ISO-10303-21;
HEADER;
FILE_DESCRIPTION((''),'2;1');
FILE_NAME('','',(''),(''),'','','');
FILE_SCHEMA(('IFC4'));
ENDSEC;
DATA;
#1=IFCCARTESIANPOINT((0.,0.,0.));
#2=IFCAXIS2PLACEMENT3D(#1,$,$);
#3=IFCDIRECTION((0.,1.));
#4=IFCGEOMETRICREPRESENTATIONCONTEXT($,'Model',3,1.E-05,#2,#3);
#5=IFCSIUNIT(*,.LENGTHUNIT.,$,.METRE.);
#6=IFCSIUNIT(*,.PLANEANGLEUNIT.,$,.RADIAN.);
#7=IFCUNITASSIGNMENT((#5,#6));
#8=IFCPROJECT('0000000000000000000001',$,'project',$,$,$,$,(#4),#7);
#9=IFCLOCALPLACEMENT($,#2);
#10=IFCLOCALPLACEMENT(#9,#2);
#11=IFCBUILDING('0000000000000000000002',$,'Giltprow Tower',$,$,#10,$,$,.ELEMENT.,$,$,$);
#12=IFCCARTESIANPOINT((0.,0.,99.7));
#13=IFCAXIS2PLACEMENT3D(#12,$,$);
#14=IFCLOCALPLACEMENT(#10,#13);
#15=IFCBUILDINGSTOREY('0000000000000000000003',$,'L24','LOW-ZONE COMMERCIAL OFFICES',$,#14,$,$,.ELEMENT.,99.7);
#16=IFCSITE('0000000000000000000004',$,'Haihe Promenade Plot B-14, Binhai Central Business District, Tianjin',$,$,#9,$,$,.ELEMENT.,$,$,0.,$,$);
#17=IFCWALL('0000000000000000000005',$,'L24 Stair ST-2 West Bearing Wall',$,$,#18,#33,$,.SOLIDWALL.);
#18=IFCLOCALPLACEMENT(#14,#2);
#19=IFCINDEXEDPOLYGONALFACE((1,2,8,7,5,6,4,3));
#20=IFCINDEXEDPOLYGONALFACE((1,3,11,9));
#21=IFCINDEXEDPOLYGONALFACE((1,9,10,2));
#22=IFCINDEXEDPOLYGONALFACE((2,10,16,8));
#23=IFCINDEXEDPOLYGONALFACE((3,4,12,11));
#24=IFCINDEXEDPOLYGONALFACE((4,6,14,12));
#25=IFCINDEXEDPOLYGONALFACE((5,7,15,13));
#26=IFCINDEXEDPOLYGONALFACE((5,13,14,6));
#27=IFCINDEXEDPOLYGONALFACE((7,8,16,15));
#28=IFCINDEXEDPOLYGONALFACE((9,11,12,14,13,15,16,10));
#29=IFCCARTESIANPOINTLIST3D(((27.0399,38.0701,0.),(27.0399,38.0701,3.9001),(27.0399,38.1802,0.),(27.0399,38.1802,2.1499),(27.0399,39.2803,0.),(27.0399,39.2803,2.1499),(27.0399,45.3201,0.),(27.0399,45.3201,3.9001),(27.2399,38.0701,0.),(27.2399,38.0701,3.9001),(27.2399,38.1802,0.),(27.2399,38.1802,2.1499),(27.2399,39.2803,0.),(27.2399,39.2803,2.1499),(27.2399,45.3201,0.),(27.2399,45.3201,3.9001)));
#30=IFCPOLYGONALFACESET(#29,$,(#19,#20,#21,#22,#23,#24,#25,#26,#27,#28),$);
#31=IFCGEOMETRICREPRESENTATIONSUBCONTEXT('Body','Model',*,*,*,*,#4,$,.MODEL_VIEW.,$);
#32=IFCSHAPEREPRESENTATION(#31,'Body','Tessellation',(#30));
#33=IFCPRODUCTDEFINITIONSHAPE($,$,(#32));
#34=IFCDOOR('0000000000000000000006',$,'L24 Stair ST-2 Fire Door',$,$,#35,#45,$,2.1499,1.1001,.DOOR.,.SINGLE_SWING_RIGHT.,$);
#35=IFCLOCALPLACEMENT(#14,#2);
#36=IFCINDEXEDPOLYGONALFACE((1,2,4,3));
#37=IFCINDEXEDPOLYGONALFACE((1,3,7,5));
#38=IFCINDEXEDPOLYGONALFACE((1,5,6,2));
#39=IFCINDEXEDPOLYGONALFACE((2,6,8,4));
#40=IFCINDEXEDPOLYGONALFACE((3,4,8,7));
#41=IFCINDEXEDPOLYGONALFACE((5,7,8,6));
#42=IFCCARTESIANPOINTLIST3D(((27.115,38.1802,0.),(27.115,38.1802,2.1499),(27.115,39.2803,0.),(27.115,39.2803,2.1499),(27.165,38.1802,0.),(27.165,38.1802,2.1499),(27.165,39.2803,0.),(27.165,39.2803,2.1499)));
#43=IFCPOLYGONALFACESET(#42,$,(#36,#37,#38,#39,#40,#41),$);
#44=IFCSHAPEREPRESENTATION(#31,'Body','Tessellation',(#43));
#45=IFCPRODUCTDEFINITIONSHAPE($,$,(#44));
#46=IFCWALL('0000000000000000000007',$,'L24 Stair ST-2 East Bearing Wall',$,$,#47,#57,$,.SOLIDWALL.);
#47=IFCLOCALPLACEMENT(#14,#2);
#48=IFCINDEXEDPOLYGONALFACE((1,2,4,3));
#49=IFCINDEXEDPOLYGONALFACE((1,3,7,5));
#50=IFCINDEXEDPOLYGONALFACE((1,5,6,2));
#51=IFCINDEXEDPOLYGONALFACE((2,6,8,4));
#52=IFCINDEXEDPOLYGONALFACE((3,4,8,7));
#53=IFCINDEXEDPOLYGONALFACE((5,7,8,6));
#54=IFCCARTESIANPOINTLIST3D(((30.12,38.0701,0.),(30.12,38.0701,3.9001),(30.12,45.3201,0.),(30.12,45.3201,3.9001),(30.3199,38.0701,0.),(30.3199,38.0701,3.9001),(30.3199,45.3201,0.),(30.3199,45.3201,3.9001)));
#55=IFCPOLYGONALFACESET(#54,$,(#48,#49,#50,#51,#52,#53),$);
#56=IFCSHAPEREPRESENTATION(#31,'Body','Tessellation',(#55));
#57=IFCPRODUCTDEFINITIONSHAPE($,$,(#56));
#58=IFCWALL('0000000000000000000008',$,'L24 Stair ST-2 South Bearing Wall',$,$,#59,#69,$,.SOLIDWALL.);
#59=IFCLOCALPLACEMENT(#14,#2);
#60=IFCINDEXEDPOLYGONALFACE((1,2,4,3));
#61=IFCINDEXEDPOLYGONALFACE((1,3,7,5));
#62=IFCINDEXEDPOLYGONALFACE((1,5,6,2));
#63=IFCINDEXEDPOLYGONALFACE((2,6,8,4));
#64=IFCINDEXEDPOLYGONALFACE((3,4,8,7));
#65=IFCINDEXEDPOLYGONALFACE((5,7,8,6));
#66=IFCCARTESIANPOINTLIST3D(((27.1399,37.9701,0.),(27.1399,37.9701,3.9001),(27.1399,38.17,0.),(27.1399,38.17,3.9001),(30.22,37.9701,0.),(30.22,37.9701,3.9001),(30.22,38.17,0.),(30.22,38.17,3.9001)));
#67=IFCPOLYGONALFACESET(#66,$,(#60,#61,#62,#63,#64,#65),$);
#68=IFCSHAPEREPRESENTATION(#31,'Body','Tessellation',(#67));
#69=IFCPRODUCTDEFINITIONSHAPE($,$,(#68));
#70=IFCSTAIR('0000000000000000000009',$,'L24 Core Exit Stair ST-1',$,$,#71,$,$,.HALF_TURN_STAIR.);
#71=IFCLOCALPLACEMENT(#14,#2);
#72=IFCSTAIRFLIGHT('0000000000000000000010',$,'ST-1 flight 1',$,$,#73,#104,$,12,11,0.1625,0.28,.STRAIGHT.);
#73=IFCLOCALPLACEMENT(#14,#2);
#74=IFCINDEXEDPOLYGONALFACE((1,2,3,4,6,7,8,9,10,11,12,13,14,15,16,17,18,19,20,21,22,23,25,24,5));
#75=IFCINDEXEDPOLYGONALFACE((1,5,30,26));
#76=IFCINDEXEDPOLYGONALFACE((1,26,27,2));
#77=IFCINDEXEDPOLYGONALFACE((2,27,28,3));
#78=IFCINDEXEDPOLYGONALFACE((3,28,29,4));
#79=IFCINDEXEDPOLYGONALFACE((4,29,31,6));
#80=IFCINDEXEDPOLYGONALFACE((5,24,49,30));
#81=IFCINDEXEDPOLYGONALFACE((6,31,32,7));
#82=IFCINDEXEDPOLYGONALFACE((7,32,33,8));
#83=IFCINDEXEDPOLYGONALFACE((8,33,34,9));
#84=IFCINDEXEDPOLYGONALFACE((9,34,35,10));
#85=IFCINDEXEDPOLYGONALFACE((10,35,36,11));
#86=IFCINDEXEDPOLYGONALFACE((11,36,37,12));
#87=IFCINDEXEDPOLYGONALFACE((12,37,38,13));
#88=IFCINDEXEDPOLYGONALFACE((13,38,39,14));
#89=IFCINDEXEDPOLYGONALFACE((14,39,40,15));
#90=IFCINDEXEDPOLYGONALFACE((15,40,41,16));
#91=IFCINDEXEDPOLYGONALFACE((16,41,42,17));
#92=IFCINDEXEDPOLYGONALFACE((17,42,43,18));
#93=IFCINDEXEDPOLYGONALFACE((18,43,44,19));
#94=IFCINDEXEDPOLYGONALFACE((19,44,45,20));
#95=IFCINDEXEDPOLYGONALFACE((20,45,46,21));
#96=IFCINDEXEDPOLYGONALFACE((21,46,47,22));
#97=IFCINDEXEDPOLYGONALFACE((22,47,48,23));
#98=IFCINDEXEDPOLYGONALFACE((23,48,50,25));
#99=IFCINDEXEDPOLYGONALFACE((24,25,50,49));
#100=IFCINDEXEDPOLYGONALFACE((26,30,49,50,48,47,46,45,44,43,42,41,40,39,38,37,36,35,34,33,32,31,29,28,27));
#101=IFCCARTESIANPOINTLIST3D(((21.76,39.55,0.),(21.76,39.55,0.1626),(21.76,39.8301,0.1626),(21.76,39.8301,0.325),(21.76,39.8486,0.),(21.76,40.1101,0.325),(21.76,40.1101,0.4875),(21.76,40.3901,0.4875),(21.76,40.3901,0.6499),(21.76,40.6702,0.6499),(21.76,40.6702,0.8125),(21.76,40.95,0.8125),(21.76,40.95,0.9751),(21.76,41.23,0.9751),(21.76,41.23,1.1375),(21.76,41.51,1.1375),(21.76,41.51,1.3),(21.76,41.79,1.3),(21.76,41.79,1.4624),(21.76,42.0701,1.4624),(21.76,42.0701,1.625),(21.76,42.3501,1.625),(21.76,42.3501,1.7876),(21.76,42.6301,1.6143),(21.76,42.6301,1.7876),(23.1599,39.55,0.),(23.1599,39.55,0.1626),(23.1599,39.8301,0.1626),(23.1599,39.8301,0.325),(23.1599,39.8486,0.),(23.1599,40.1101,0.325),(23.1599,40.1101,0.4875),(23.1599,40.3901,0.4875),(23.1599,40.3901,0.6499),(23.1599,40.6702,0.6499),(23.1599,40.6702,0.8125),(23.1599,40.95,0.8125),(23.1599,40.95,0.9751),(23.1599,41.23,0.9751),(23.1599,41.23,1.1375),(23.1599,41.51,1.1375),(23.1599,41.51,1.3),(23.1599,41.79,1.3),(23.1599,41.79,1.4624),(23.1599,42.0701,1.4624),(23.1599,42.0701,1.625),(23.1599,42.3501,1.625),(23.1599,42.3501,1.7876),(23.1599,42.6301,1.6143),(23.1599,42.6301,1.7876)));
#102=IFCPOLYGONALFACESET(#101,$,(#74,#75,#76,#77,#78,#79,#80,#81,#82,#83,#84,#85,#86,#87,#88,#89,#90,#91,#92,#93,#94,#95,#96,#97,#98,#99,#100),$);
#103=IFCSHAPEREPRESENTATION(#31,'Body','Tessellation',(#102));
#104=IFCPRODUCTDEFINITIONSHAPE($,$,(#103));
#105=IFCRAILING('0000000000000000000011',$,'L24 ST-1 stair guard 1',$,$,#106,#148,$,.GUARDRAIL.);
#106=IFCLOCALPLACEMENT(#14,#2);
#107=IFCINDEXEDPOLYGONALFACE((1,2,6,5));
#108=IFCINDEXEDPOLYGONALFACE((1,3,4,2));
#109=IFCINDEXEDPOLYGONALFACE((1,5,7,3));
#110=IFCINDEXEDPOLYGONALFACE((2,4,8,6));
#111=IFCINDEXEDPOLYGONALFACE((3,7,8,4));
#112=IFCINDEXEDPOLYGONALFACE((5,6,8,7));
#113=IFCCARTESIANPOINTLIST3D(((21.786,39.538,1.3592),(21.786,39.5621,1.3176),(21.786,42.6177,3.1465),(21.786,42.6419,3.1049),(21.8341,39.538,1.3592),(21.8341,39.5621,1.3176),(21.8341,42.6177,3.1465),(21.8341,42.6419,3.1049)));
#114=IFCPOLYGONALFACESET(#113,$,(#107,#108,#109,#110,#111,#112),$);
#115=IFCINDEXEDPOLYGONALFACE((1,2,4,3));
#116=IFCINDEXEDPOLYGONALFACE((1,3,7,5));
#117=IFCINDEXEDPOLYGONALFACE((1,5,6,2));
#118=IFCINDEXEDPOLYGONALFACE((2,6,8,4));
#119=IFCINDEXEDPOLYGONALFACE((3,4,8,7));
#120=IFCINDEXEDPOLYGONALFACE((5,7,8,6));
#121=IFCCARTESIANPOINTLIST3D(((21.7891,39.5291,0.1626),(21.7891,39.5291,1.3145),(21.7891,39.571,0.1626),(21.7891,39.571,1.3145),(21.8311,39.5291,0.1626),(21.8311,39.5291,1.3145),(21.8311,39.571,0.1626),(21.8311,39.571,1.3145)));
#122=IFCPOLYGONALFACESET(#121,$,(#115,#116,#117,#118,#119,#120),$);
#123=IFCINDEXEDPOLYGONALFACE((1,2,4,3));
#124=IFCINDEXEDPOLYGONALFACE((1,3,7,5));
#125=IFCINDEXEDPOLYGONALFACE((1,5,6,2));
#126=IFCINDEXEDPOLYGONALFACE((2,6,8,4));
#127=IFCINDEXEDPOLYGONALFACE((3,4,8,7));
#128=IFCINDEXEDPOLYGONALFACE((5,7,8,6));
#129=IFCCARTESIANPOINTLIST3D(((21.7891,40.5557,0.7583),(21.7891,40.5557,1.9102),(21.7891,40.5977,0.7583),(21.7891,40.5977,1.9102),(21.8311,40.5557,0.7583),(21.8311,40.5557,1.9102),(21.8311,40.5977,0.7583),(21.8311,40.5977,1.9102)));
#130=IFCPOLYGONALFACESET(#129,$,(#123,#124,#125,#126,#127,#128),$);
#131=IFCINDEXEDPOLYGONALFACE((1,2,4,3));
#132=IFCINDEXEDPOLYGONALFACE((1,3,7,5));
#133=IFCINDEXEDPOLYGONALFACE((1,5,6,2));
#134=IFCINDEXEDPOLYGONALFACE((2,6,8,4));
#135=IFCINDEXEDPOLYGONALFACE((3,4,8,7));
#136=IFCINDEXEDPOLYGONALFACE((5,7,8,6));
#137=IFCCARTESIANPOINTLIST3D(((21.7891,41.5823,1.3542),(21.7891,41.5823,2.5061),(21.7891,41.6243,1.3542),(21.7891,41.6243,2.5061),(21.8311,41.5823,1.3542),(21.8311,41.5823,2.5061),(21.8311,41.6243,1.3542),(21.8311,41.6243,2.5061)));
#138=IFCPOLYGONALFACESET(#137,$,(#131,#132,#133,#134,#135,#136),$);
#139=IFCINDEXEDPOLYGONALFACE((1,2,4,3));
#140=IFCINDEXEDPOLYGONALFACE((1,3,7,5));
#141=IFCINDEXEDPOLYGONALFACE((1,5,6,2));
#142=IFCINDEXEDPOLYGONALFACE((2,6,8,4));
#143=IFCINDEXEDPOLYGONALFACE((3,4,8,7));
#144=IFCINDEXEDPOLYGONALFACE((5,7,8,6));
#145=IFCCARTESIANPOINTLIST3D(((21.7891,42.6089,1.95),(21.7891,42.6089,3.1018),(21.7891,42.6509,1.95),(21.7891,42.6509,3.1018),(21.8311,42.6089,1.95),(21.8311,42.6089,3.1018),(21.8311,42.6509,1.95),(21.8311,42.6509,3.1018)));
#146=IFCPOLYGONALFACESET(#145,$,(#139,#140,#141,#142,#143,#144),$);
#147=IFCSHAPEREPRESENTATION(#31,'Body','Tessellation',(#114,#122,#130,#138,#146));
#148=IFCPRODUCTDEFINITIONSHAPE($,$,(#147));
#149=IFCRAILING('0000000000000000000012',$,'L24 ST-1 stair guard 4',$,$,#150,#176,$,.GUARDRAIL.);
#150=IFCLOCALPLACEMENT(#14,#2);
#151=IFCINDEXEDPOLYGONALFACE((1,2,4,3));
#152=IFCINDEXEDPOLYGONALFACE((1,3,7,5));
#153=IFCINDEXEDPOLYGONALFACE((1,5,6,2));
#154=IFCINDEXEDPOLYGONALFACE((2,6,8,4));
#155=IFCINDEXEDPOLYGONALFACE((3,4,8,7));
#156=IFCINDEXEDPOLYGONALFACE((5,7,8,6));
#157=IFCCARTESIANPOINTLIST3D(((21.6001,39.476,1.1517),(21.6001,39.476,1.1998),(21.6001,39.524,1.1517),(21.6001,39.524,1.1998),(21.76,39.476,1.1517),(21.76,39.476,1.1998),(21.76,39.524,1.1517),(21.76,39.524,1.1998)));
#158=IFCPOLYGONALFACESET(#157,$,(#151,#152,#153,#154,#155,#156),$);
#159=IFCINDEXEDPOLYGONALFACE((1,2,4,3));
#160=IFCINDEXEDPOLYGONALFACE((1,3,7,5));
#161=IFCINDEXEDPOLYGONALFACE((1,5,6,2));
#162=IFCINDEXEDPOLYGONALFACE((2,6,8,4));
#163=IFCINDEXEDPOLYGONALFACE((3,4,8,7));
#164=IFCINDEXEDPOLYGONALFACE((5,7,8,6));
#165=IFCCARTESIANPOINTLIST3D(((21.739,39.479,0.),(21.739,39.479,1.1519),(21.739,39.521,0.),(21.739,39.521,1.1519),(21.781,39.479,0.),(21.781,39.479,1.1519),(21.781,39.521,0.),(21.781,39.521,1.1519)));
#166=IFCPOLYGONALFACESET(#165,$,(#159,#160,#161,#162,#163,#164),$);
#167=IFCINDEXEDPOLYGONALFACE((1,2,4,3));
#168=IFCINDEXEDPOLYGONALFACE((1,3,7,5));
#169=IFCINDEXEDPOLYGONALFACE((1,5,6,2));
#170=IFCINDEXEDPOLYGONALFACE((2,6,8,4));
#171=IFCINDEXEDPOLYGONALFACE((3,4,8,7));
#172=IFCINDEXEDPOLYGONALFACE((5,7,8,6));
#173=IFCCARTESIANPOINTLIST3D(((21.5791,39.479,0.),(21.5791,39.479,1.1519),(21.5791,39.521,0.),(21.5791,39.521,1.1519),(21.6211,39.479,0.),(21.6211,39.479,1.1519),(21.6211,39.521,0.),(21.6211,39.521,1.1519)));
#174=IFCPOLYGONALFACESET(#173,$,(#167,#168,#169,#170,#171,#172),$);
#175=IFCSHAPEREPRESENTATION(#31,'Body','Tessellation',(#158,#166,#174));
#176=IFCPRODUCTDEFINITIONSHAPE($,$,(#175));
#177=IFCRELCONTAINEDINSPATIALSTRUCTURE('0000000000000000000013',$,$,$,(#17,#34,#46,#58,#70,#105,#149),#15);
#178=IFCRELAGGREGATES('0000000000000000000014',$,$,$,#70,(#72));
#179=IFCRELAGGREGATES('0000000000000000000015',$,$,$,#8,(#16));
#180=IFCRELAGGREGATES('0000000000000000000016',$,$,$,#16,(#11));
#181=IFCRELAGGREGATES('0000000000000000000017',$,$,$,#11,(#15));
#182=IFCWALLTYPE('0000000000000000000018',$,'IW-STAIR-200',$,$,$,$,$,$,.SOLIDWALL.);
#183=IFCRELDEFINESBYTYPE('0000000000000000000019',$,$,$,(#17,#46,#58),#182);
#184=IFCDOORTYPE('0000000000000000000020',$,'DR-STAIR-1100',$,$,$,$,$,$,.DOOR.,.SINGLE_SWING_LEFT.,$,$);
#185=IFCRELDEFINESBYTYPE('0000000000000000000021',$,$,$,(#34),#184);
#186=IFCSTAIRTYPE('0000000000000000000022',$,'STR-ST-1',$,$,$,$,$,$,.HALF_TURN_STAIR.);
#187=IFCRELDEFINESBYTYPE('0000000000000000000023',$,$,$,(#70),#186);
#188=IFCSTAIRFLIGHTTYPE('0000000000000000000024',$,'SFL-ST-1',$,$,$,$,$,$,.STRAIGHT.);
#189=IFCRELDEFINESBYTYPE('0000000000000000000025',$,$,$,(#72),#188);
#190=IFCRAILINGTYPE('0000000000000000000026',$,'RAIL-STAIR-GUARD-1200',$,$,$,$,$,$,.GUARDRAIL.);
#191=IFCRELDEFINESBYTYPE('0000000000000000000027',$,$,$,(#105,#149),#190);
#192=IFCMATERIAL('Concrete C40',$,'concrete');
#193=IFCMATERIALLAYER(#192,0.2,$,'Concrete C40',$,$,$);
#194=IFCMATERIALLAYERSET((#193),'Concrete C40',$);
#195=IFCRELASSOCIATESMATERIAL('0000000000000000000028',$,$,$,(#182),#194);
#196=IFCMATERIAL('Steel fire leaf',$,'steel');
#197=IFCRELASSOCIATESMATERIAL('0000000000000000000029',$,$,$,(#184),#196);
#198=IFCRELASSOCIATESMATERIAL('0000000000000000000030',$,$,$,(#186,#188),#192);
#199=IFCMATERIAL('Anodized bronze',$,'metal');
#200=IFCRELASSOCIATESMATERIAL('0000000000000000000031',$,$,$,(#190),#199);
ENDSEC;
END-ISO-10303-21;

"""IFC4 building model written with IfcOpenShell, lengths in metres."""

from ifc_helpers import new_model, si_unit, direction, frame, frame_2d, origin, origin_2d, place, context, subcontext, project, spatial, polyline, rectangle, outline, extrude, source, transform, mapped, material, layer, layer_set, type_object, element, fill, aggregate, save


model = new_model("IFC4")

# Units and contexts
model_context = context("Model", 3, precision=1e-05, world=origin(), true_north=direction((0.0, 1.0)))
body_context = subcontext(model_context, "Body", "Model", "MODEL_VIEW")
ifc_project = project(units=[si_unit("LENGTHUNIT", "METRE"), si_unit("PLANEANGLEUNIT", "RADIAN")], contexts=[model_context])

# Site, building, storey
site_placement = place(None, origin())
site = spatial("IfcSite", under=ifc_project, at=site_placement, Name="Haihe Promenade Plot B-14, Binhai Central Business District, Tianjin", CompositionType="ELEMENT", RefElevation=0.0)
building_placement = place(site_placement, origin())
building = spatial("IfcBuilding", under=site, at=building_placement, Name="Giltprow Tower", CompositionType="ELEMENT")
storey_placement = place(building_placement, frame((0.0, 0.0, 99.7)))
storey = spatial("IfcBuildingStorey", under=building, at=storey_placement, Name="L24", Description="LOW-ZONE COMMERCIAL OFFICES", CompositionType="ELEMENT", Elevation=99.7)

# Wall, opening, door
ifc_material_1 = material(Name="Concrete C40", Category="concrete")
ifc_layer_1 = layer(ifc_material_1, 0.2, Name="Concrete C40")
ifc_layer_set_1 = layer_set([ifc_layer_1], Name="Concrete C40")
wall_type_1 = type_object("IfcWallType", Name="IW-STAIR-200", PredefinedType="SOLIDWALL", material=ifc_layer_set_1)
ifc_material_2 = material(Name="Steel fire leaf", Category="steel")
door_type_1 = type_object("IfcDoorType", Name="DR-STAIR-1100", OperationType="SINGLE_SWING_LEFT", PredefinedType="DOOR", material=ifc_material_2)
shared_shape_1 = source(origin(), body_context, "Body", "SweptSolid", [
    extrude(rectangle(XDim=1.1001, YDim=2.1499, at=frame_2d((0.55, 1.075))), frame((0.0, 0.0249, 0.0), z_axis=(0.0, -1.0, 0.0), x_axis=(1.0, 0.0, 0.0)), (0.0, 0.0, 1.0), 0.05),
])
wall_1_placement = place(storey_placement, frame((27.1399, 38.0701, 0.0), z_axis=(0.0, 0.0, 1.0), x_axis=(0.0, 1.0, 0.0)))
wall_1 = element("IfcWall", 1, at=wall_1_placement, inside=storey, type_object=wall_type_1, Name="L24 Stair ST-2 West Bearing Wall", PredefinedType="SOLIDWALL", context=body_context, shape_type="SweptSolid", body=[
    extrude(rectangle(XDim=7.25, YDim=0.2, at=frame_2d((3.625, 0.0))), origin(), (0.0, 0.0, 1.0), 3.9001),
])
opening_1_placement = place(wall_1_placement, frame((0.1101, 0.0, 0.0)))
opening_1 = element("IfcOpeningElement", 2, at=opening_1_placement, cuts=wall_1, PredefinedType="OPENING", context=body_context, shape_type="SweptSolid", body=[
    extrude(rectangle(XDim=1.1001, YDim=2.1499, at=frame_2d((0.55, 1.075))), frame((0.0, 0.1099, 0.0), z_axis=(0.0, -1.0, 0.0), x_axis=(1.0, 0.0, 0.0)), (0.0, 0.0, 1.0), 0.22),
])
door_1_placement = place(opening_1_placement, origin())
door_1 = element("IfcDoor", 3, at=door_1_placement, inside=storey, type_object=door_type_1, Name="L24 Stair ST-2 Fire Door", OperationType="SINGLE_SWING_RIGHT", OverallHeight=2.1499, OverallWidth=1.1001, PredefinedType="DOOR", context=body_context, shape_type="MappedRepresentation", body=[
    mapped(shared_shape_1, transform((0.0, 0.0, 0.0), x_axis=(1.0, 0.0, 0.0), y_axis=(0.0, 1.0, 0.0), z_axis=(0.0, 0.0, 1.0), scale=1.0)),
])
fill(opening_1, door_1)

# Walls
wall_2_placement = place(storey_placement, frame((30.22, 38.0701, 0.0), z_axis=(0.0, 0.0, 1.0), x_axis=(0.0, 1.0, 0.0)))
element("IfcWall", 4, at=wall_2_placement, inside=storey, type_object=wall_type_1, Name="L24 Stair ST-2 East Bearing Wall", PredefinedType="SOLIDWALL", context=body_context, shape_type="SweptSolid", body=[
    extrude(rectangle(XDim=7.25, YDim=0.2, at=frame_2d((3.625, 0.0))), origin(), (0.0, 0.0, 1.0), 3.9001),
])
wall_3_placement = place(storey_placement, frame((27.1399, 38.0701, 0.0), z_axis=(0.0, 0.0, 1.0), x_axis=(1.0, 0.0, 0.0)))
element("IfcWall", 5, at=wall_3_placement, inside=storey, type_object=wall_type_1, Name="L24 Stair ST-2 South Bearing Wall", PredefinedType="SOLIDWALL", context=body_context, shape_type="SweptSolid", body=[
    extrude(rectangle(XDim=3.0801, YDim=0.2, at=frame_2d((1.54, 0.0))), origin(), (0.0, 0.0, 1.0), 3.9001),
])

# Stair, stair flight
stair_type = type_object("IfcStairType", Name="STR-ST-1", PredefinedType="HALF_TURN_STAIR", material=ifc_material_1)
stair_placement = place(storey_placement, origin())
stair = element("IfcStair", 6, at=stair_placement, inside=storey, type_object=stair_type, Name="L24 Core Exit Stair ST-1", PredefinedType="HALF_TURN_STAIR")
stair_flight_type = type_object("IfcStairFlightType", Name="SFL-ST-1", PredefinedType="STRAIGHT", material=ifc_material_1)
stair_flight_placement = place(storey_placement, frame((22.46, 39.55, 0.0), z_axis=(0.0, 0.0, 1.0), x_axis=(0.0, 1.0, 0.0)))
stair_flight = element("IfcStairFlight", 7, at=stair_flight_placement, type_object=stair_flight_type, Name="ST-1 flight 1", NumberOfRisers=12, NumberOfTreads=11, PredefinedType="STRAIGHT", RiserHeight=0.1625, TreadLength=0.28, context=body_context, shape_type="SweptSolid", body=[
    extrude(outline(polyline([(0.0, 0.0), (0.0, 0.1626), (0.28, 0.1626), (0.28, 0.325), (0.5601, 0.325), (0.5601, 0.4875), (0.8401, 0.4875), (0.8401, 0.6499), (1.1201, 0.6499), (1.1201, 0.8125), (1.3999, 0.8125), (1.3999, 0.9751), (1.6799, 0.9751), (1.6799, 1.1375), (1.96, 1.1375), (1.96, 1.3), (2.24, 1.3), (2.24, 1.4624), (2.52, 1.4624), (2.52, 1.625), (2.8, 1.625), (2.8, 1.7876), (3.0801, 1.7876), (3.0801, 1.95), (3.0801, 1.6143), (0.2986, 0.0), (0.0, 0.0)])), frame((0.0, 0.7, 0.0), z_axis=(0.0, -1.0, 0.0), x_axis=(1.0, 0.0, 0.0)), (0.0, 0.0, 1.0), 1.3999),
])
aggregate(stair, [stair_flight])

# Railings
ifc_material_3 = material(Name="Anodized bronze", Category="metal")
railing_type_1 = type_object("IfcRailingType", Name="RAIL-STAIR-GUARD-1200", PredefinedType="GUARDRAIL", material=ifc_material_3)
railing_1_placement = place(storey_placement, frame((21.8101, 39.55, 0.1626)))
element("IfcRailing", 8, at=railing_1_placement, inside=storey, type_object=railing_type_1, Name="L24 ST-1 stair guard 1", PredefinedType="GUARDRAIL", context=body_context, shape_type="SweptSolid", body=[
    extrude(rectangle(XDim=0.0481, YDim=0.0481, at=origin_2d()), frame((0.0, 0.0, 1.1758), z_axis=(0.0, 0.864903, 0.501939), x_axis=(-1.0, 0.0, 0.0)), (0.0, 0.0, 1.0), 3.5608),
    extrude(rectangle(XDim=0.042, YDim=0.042, at=origin_2d()), origin(), (0.0, 0.0, 1.0), 1.1519),
    extrude(rectangle(XDim=0.042, YDim=0.042, at=origin_2d()), frame((0.0, 1.0266, 0.5957)), (0.0, 0.0, 1.0), 1.1519),
    extrude(rectangle(XDim=0.042, YDim=0.042, at=origin_2d()), frame((0.0, 2.0532, 1.1917)), (0.0, 0.0, 1.0), 1.1519),
    extrude(rectangle(XDim=0.042, YDim=0.042, at=origin_2d()), frame((0.0, 3.0798, 1.7874)), (0.0, 0.0, 1.0), 1.1519),
])
railing_2_placement = place(storey_placement, frame((21.76, 39.5, 0.0)))
element("IfcRailing", 9, at=railing_2_placement, inside=storey, type_object=railing_type_1, Name="L24 ST-1 stair guard 4", PredefinedType="GUARDRAIL", context=body_context, shape_type="SweptSolid", body=[
    extrude(rectangle(XDim=0.0481, YDim=0.0481, at=origin_2d()), frame((0.0, 0.0, 1.1758), z_axis=(-1.0, 0.0, 0.0), x_axis=(0.0, -1.0, 0.0)), (0.0, 0.0, 1.0), 0.1599),
    extrude(rectangle(XDim=0.042, YDim=0.042, at=origin_2d()), origin(), (0.0, 0.0, 1.0), 1.1519),
    extrude(rectangle(XDim=0.042, YDim=0.042, at=origin_2d()), frame((-0.1599, 0.0, 0.0)), (0.0, 0.0, 1.0), 1.1519),
])

save(model, "model.ifc")
